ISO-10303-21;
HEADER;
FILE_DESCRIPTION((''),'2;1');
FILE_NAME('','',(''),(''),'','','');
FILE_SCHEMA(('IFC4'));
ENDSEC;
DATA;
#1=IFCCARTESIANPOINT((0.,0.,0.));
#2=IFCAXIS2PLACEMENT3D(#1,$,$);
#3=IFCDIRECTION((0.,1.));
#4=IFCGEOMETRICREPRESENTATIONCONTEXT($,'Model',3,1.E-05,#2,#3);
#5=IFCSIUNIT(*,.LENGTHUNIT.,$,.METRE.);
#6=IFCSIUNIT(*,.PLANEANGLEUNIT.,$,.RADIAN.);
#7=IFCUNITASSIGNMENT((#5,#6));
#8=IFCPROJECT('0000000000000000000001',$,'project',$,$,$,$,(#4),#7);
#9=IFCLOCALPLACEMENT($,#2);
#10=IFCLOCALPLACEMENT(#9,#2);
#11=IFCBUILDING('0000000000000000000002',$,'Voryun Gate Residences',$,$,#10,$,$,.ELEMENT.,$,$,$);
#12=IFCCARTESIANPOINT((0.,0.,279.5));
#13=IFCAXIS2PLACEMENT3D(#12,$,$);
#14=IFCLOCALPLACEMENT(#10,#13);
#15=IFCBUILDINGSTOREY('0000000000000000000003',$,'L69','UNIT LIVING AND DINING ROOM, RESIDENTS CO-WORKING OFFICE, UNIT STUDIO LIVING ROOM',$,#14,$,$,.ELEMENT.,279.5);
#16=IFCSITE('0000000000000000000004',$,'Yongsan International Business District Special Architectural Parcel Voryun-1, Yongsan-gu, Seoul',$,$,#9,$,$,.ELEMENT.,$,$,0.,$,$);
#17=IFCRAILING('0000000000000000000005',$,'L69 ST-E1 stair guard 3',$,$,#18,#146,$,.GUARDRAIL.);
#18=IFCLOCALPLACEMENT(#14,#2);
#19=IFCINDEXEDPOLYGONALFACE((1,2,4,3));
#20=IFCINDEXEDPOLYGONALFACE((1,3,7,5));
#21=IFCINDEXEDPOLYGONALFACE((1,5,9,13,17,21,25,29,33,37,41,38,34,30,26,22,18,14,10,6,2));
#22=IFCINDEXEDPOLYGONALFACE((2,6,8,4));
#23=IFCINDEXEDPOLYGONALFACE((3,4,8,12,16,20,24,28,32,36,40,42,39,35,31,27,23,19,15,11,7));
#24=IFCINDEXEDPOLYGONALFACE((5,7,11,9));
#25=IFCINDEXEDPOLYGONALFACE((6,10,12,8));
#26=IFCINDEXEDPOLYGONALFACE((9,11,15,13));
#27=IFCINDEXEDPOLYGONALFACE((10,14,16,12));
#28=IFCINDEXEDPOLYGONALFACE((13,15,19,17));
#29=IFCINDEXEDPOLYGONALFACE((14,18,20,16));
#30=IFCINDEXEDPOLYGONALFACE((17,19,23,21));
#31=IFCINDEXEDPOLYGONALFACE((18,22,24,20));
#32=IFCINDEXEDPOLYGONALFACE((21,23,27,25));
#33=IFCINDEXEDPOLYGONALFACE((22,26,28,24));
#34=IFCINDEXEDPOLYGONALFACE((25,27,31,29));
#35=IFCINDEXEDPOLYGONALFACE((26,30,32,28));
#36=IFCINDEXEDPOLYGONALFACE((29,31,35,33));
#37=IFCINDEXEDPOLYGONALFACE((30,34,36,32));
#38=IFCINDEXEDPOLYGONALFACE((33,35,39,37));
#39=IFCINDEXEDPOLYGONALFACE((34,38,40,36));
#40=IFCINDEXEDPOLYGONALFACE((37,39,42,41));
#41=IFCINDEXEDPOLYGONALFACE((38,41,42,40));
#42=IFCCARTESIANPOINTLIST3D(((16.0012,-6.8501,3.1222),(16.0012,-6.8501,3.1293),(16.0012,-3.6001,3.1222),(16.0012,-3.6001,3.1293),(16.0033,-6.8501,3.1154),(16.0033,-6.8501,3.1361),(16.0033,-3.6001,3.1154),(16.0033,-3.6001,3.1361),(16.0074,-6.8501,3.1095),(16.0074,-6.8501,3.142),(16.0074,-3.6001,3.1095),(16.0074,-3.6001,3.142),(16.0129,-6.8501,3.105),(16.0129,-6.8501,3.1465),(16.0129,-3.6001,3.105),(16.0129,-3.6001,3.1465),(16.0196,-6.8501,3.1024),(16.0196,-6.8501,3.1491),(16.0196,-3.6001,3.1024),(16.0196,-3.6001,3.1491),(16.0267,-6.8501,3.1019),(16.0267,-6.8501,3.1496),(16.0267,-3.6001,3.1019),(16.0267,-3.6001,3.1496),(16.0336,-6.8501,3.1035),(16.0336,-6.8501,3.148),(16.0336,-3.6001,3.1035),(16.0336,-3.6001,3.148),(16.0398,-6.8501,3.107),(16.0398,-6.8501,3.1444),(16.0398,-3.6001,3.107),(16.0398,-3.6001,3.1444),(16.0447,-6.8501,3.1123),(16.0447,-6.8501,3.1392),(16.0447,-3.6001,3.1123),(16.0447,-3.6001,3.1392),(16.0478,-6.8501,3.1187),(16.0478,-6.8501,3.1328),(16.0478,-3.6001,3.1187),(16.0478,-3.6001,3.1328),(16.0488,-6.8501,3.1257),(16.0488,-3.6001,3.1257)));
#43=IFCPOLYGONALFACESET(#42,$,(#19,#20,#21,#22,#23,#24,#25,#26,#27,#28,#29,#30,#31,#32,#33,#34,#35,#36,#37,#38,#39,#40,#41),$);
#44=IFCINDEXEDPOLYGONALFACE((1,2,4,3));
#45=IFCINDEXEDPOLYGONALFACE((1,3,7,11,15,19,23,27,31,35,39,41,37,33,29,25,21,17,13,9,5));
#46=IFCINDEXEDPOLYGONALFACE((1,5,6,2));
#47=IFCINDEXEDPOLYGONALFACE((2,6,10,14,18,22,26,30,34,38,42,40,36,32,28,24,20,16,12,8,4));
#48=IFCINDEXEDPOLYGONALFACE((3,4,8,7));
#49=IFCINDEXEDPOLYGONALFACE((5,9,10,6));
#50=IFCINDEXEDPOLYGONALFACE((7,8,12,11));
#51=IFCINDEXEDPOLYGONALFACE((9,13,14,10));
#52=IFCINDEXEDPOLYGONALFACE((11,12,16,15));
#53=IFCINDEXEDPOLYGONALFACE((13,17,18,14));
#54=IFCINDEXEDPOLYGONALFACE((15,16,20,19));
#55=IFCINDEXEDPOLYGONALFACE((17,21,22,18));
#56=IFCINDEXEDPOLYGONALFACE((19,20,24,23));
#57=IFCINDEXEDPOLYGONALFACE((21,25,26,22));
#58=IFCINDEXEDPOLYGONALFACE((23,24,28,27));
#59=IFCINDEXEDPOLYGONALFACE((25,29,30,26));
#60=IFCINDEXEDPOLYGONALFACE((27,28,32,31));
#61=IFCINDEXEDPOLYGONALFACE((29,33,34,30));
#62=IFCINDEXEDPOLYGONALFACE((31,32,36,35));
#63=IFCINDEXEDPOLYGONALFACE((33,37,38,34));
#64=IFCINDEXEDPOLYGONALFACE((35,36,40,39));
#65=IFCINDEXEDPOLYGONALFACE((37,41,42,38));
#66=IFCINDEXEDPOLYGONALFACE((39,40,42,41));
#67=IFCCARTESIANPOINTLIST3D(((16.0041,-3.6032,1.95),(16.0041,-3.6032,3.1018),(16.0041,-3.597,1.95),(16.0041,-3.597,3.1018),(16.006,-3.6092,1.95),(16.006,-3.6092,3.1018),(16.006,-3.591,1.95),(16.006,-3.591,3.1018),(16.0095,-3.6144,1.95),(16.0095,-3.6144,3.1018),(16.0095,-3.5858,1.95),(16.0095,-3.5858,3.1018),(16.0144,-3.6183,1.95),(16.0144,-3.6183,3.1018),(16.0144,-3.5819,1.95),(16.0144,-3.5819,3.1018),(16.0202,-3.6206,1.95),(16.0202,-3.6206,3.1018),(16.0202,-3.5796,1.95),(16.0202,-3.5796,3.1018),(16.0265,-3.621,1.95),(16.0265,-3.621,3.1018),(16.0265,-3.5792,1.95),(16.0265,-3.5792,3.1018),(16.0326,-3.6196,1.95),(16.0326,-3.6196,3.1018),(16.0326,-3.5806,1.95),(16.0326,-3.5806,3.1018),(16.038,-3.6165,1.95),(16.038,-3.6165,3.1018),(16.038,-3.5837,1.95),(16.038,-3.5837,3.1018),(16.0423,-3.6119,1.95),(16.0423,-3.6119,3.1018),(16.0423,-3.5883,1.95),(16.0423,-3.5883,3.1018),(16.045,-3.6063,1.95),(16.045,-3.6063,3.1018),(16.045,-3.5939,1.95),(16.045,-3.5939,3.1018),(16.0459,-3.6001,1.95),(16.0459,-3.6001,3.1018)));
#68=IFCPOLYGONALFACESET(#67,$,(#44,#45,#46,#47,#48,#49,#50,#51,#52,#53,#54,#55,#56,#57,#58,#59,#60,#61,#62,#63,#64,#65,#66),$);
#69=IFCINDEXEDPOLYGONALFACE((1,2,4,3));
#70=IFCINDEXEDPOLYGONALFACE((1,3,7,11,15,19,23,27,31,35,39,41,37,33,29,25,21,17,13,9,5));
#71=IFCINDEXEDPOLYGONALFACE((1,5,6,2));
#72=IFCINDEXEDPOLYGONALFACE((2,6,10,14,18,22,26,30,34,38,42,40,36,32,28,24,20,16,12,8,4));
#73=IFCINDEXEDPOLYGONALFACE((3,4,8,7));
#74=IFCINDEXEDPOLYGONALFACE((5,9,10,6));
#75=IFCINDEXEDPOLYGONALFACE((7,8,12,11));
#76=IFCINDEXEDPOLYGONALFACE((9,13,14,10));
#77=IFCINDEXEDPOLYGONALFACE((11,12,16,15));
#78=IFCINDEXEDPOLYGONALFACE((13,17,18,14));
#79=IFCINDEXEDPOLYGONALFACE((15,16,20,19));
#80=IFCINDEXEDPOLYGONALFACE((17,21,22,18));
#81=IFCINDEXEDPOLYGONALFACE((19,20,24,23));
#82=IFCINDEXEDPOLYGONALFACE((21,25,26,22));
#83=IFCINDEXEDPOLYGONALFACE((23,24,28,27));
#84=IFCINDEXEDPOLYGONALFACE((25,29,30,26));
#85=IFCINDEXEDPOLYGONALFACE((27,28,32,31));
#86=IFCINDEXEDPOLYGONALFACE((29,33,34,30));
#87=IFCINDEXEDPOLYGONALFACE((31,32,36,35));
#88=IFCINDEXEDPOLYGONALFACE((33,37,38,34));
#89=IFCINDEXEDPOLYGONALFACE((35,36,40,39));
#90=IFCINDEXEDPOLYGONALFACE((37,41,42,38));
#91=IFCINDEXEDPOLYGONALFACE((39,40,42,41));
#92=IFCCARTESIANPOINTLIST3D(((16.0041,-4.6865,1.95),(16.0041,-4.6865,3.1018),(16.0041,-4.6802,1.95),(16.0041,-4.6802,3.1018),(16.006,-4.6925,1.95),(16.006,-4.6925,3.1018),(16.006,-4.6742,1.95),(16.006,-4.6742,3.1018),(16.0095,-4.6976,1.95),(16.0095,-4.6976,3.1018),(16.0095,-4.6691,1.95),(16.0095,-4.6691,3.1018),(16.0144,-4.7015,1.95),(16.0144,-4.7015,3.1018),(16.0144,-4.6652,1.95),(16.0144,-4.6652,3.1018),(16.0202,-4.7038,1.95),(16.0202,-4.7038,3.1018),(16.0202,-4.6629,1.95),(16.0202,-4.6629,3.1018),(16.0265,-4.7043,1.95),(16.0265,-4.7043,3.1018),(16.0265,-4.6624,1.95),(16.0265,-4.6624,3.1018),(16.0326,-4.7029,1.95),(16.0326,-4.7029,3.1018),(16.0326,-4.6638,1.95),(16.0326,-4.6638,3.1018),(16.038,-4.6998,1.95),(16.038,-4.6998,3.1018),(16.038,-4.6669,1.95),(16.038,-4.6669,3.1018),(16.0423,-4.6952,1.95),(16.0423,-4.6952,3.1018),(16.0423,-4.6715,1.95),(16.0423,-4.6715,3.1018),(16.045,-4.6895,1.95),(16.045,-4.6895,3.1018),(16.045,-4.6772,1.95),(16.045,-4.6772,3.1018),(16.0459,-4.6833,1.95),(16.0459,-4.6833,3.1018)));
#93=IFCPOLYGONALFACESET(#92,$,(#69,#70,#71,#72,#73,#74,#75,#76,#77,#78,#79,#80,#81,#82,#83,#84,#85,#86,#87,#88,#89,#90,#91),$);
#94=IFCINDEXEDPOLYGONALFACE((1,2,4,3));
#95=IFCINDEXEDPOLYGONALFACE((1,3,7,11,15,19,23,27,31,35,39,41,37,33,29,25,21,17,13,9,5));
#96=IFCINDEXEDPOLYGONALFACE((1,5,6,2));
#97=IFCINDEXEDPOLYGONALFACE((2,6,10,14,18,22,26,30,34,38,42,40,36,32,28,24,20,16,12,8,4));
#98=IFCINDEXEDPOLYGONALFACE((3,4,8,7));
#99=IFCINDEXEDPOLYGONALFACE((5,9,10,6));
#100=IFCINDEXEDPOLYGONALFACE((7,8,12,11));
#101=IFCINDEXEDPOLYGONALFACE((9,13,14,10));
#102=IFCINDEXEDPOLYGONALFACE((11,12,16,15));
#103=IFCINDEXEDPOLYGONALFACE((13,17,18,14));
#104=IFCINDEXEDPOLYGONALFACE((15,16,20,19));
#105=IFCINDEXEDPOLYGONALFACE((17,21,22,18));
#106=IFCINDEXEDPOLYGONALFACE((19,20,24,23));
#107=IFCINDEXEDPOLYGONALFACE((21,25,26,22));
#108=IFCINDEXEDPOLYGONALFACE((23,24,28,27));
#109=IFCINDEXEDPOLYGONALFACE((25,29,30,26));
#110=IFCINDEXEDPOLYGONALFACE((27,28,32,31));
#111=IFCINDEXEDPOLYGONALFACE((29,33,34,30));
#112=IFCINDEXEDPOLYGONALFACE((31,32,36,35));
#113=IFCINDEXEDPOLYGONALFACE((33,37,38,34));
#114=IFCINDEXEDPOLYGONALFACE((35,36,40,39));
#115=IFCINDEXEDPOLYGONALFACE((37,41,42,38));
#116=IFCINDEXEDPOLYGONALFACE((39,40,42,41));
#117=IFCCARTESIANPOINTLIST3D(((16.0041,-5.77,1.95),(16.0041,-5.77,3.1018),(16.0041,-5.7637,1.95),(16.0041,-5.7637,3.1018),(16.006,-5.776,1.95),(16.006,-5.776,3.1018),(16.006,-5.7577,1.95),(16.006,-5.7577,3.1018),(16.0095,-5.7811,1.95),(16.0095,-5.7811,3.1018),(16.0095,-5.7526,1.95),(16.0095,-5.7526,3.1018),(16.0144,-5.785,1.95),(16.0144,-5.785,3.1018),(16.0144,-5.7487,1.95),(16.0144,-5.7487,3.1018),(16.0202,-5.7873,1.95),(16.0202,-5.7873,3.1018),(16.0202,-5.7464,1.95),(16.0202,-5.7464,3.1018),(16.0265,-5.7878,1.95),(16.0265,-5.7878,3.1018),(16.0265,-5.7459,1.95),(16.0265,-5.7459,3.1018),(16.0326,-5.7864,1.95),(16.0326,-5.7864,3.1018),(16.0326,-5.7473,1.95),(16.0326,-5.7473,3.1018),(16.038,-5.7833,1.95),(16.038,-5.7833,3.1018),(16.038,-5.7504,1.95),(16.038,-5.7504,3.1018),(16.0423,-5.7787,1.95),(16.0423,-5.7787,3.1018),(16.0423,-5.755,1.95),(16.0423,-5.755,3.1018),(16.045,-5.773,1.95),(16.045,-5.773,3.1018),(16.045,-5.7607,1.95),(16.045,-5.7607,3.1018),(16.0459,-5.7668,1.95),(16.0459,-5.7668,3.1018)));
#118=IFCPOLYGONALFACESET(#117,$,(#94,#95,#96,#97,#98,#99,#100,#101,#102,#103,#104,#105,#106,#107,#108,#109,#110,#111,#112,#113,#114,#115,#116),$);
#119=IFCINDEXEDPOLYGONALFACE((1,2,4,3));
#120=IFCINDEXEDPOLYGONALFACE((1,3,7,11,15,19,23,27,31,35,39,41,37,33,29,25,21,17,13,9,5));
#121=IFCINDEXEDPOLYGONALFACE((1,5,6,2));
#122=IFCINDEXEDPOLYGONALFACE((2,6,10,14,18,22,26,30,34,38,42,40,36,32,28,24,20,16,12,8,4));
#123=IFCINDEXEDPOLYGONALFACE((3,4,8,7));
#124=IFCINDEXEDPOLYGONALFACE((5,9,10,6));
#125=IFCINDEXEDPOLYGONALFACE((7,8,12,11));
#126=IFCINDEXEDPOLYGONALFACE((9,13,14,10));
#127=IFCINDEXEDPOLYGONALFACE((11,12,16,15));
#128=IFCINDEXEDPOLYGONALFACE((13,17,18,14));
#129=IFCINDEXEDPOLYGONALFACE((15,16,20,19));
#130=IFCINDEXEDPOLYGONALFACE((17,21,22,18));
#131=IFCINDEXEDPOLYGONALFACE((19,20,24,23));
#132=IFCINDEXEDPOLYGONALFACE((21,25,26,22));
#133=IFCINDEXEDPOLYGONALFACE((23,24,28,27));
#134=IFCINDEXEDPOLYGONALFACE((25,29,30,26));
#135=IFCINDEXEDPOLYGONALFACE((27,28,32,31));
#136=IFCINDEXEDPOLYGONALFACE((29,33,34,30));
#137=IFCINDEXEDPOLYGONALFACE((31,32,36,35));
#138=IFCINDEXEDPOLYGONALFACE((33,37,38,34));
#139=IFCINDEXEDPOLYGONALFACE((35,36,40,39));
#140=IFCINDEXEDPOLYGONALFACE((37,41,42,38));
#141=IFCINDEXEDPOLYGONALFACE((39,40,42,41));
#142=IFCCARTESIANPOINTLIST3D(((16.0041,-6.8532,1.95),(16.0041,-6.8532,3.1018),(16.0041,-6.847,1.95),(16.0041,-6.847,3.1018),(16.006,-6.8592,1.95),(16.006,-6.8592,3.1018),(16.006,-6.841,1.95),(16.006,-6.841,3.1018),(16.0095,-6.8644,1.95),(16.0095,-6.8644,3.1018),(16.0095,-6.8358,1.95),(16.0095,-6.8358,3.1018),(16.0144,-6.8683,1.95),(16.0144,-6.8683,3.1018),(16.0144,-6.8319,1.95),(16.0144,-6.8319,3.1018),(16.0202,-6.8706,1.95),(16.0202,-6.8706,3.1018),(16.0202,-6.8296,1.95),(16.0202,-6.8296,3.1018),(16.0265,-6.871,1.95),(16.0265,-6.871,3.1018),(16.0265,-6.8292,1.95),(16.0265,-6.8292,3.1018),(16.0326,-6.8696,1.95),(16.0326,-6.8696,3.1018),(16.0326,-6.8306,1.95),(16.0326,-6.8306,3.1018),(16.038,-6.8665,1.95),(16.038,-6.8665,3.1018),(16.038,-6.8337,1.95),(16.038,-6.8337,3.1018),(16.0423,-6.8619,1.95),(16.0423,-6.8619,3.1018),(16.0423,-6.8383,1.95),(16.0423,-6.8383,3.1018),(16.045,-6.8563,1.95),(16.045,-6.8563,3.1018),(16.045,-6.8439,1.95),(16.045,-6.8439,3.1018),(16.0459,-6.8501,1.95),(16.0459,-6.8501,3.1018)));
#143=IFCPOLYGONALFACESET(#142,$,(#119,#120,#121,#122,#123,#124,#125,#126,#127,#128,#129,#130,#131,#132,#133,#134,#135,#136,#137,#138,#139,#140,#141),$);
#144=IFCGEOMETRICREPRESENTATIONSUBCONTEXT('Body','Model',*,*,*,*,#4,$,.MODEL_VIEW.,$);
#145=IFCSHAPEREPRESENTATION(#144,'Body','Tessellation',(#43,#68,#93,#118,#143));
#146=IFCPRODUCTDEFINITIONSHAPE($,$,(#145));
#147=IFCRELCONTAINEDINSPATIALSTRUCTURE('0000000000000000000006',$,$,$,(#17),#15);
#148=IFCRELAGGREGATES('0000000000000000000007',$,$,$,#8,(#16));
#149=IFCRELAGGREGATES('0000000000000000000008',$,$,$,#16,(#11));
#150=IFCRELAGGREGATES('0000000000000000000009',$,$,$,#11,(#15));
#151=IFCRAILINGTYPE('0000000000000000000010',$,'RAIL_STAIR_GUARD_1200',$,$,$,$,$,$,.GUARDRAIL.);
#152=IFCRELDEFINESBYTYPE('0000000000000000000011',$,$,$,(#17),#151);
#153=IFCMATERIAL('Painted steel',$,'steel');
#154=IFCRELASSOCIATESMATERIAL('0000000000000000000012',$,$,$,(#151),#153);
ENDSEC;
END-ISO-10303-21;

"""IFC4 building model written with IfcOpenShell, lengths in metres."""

from ifc_helpers import new_model, si_unit, direction, frame, origin, origin_2d, place, context, subcontext, project, spatial, circle, extrude, material, type_object, element, save


model = new_model("IFC4")

# Units and contexts
model_context = context("Model", 3, precision=1e-05, world=origin(), true_north=direction((0.0, 1.0)))
body_context = subcontext(model_context, "Body", "Model", "MODEL_VIEW")
ifc_project = project(units=[si_unit("LENGTHUNIT", "METRE"), si_unit("PLANEANGLEUNIT", "RADIAN")], contexts=[model_context])

# Site, building, storey
site_placement = place(None, origin())
site = spatial("IfcSite", under=ifc_project, at=site_placement, Name="Yongsan International Business District Special Architectural Parcel Voryun-1, Yongsan-gu, Seoul", CompositionType="ELEMENT", RefElevation=0.0)
building_placement = place(site_placement, origin())
building = spatial("IfcBuilding", under=site, at=building_placement, Name="Voryun Gate Residences", CompositionType="ELEMENT")
storey_placement = place(building_placement, frame((0.0, 0.0, 279.5)))
storey = spatial("IfcBuildingStorey", under=building, at=storey_placement, Name="L69", Description="UNIT LIVING AND DINING ROOM, RESIDENTS CO-WORKING OFFICE, UNIT STUDIO LIVING ROOM", CompositionType="ELEMENT", Elevation=279.5)

# Railing
ifc_material_1 = material(Name="Painted steel", Category="steel")
railing_type_1 = type_object("IfcRailingType", Name="RAIL_STAIR_GUARD_1200", PredefinedType="GUARDRAIL", material=ifc_material_1)
for number, where, name in (
    (1, (16.0249, -3.6001, 1.95), "L69 ST-E1 stair guard 3"),
):
    element("IfcRailing", number, at=place(storey_placement, frame(where)), inside=storey, type_object=railing_type_1, Name=name, PredefinedType="GUARDRAIL", context=body_context, shape_type="SweptSolid", body=[
        extrude(circle(Radius=0.0239, at=origin_2d()), frame((0.0, 0.0, 1.1758), z_axis=(0.0, -1.0, 0.0), x_axis=(1.0, 0.0, 0.0)), (0.0, 0.0, 1.0), 3.25),
        extrude(circle(Radius=0.021, at=origin_2d()), origin(), (0.0, 0.0, 1.0), 1.1519),
        extrude(circle(Radius=0.021, at=origin_2d()), frame((0.0, -1.0833, 0.0)), (0.0, 0.0, 1.0), 1.1519),
        extrude(circle(Radius=0.021, at=origin_2d()), frame((0.0, -2.1667, 0.0)), (0.0, 0.0, 1.0), 1.1519),
        extrude(circle(Radius=0.021, at=origin_2d()), frame((0.0, -3.25, 0.0)), (0.0, 0.0, 1.0), 1.1519),
    ])

save(model, "model.ifc")
